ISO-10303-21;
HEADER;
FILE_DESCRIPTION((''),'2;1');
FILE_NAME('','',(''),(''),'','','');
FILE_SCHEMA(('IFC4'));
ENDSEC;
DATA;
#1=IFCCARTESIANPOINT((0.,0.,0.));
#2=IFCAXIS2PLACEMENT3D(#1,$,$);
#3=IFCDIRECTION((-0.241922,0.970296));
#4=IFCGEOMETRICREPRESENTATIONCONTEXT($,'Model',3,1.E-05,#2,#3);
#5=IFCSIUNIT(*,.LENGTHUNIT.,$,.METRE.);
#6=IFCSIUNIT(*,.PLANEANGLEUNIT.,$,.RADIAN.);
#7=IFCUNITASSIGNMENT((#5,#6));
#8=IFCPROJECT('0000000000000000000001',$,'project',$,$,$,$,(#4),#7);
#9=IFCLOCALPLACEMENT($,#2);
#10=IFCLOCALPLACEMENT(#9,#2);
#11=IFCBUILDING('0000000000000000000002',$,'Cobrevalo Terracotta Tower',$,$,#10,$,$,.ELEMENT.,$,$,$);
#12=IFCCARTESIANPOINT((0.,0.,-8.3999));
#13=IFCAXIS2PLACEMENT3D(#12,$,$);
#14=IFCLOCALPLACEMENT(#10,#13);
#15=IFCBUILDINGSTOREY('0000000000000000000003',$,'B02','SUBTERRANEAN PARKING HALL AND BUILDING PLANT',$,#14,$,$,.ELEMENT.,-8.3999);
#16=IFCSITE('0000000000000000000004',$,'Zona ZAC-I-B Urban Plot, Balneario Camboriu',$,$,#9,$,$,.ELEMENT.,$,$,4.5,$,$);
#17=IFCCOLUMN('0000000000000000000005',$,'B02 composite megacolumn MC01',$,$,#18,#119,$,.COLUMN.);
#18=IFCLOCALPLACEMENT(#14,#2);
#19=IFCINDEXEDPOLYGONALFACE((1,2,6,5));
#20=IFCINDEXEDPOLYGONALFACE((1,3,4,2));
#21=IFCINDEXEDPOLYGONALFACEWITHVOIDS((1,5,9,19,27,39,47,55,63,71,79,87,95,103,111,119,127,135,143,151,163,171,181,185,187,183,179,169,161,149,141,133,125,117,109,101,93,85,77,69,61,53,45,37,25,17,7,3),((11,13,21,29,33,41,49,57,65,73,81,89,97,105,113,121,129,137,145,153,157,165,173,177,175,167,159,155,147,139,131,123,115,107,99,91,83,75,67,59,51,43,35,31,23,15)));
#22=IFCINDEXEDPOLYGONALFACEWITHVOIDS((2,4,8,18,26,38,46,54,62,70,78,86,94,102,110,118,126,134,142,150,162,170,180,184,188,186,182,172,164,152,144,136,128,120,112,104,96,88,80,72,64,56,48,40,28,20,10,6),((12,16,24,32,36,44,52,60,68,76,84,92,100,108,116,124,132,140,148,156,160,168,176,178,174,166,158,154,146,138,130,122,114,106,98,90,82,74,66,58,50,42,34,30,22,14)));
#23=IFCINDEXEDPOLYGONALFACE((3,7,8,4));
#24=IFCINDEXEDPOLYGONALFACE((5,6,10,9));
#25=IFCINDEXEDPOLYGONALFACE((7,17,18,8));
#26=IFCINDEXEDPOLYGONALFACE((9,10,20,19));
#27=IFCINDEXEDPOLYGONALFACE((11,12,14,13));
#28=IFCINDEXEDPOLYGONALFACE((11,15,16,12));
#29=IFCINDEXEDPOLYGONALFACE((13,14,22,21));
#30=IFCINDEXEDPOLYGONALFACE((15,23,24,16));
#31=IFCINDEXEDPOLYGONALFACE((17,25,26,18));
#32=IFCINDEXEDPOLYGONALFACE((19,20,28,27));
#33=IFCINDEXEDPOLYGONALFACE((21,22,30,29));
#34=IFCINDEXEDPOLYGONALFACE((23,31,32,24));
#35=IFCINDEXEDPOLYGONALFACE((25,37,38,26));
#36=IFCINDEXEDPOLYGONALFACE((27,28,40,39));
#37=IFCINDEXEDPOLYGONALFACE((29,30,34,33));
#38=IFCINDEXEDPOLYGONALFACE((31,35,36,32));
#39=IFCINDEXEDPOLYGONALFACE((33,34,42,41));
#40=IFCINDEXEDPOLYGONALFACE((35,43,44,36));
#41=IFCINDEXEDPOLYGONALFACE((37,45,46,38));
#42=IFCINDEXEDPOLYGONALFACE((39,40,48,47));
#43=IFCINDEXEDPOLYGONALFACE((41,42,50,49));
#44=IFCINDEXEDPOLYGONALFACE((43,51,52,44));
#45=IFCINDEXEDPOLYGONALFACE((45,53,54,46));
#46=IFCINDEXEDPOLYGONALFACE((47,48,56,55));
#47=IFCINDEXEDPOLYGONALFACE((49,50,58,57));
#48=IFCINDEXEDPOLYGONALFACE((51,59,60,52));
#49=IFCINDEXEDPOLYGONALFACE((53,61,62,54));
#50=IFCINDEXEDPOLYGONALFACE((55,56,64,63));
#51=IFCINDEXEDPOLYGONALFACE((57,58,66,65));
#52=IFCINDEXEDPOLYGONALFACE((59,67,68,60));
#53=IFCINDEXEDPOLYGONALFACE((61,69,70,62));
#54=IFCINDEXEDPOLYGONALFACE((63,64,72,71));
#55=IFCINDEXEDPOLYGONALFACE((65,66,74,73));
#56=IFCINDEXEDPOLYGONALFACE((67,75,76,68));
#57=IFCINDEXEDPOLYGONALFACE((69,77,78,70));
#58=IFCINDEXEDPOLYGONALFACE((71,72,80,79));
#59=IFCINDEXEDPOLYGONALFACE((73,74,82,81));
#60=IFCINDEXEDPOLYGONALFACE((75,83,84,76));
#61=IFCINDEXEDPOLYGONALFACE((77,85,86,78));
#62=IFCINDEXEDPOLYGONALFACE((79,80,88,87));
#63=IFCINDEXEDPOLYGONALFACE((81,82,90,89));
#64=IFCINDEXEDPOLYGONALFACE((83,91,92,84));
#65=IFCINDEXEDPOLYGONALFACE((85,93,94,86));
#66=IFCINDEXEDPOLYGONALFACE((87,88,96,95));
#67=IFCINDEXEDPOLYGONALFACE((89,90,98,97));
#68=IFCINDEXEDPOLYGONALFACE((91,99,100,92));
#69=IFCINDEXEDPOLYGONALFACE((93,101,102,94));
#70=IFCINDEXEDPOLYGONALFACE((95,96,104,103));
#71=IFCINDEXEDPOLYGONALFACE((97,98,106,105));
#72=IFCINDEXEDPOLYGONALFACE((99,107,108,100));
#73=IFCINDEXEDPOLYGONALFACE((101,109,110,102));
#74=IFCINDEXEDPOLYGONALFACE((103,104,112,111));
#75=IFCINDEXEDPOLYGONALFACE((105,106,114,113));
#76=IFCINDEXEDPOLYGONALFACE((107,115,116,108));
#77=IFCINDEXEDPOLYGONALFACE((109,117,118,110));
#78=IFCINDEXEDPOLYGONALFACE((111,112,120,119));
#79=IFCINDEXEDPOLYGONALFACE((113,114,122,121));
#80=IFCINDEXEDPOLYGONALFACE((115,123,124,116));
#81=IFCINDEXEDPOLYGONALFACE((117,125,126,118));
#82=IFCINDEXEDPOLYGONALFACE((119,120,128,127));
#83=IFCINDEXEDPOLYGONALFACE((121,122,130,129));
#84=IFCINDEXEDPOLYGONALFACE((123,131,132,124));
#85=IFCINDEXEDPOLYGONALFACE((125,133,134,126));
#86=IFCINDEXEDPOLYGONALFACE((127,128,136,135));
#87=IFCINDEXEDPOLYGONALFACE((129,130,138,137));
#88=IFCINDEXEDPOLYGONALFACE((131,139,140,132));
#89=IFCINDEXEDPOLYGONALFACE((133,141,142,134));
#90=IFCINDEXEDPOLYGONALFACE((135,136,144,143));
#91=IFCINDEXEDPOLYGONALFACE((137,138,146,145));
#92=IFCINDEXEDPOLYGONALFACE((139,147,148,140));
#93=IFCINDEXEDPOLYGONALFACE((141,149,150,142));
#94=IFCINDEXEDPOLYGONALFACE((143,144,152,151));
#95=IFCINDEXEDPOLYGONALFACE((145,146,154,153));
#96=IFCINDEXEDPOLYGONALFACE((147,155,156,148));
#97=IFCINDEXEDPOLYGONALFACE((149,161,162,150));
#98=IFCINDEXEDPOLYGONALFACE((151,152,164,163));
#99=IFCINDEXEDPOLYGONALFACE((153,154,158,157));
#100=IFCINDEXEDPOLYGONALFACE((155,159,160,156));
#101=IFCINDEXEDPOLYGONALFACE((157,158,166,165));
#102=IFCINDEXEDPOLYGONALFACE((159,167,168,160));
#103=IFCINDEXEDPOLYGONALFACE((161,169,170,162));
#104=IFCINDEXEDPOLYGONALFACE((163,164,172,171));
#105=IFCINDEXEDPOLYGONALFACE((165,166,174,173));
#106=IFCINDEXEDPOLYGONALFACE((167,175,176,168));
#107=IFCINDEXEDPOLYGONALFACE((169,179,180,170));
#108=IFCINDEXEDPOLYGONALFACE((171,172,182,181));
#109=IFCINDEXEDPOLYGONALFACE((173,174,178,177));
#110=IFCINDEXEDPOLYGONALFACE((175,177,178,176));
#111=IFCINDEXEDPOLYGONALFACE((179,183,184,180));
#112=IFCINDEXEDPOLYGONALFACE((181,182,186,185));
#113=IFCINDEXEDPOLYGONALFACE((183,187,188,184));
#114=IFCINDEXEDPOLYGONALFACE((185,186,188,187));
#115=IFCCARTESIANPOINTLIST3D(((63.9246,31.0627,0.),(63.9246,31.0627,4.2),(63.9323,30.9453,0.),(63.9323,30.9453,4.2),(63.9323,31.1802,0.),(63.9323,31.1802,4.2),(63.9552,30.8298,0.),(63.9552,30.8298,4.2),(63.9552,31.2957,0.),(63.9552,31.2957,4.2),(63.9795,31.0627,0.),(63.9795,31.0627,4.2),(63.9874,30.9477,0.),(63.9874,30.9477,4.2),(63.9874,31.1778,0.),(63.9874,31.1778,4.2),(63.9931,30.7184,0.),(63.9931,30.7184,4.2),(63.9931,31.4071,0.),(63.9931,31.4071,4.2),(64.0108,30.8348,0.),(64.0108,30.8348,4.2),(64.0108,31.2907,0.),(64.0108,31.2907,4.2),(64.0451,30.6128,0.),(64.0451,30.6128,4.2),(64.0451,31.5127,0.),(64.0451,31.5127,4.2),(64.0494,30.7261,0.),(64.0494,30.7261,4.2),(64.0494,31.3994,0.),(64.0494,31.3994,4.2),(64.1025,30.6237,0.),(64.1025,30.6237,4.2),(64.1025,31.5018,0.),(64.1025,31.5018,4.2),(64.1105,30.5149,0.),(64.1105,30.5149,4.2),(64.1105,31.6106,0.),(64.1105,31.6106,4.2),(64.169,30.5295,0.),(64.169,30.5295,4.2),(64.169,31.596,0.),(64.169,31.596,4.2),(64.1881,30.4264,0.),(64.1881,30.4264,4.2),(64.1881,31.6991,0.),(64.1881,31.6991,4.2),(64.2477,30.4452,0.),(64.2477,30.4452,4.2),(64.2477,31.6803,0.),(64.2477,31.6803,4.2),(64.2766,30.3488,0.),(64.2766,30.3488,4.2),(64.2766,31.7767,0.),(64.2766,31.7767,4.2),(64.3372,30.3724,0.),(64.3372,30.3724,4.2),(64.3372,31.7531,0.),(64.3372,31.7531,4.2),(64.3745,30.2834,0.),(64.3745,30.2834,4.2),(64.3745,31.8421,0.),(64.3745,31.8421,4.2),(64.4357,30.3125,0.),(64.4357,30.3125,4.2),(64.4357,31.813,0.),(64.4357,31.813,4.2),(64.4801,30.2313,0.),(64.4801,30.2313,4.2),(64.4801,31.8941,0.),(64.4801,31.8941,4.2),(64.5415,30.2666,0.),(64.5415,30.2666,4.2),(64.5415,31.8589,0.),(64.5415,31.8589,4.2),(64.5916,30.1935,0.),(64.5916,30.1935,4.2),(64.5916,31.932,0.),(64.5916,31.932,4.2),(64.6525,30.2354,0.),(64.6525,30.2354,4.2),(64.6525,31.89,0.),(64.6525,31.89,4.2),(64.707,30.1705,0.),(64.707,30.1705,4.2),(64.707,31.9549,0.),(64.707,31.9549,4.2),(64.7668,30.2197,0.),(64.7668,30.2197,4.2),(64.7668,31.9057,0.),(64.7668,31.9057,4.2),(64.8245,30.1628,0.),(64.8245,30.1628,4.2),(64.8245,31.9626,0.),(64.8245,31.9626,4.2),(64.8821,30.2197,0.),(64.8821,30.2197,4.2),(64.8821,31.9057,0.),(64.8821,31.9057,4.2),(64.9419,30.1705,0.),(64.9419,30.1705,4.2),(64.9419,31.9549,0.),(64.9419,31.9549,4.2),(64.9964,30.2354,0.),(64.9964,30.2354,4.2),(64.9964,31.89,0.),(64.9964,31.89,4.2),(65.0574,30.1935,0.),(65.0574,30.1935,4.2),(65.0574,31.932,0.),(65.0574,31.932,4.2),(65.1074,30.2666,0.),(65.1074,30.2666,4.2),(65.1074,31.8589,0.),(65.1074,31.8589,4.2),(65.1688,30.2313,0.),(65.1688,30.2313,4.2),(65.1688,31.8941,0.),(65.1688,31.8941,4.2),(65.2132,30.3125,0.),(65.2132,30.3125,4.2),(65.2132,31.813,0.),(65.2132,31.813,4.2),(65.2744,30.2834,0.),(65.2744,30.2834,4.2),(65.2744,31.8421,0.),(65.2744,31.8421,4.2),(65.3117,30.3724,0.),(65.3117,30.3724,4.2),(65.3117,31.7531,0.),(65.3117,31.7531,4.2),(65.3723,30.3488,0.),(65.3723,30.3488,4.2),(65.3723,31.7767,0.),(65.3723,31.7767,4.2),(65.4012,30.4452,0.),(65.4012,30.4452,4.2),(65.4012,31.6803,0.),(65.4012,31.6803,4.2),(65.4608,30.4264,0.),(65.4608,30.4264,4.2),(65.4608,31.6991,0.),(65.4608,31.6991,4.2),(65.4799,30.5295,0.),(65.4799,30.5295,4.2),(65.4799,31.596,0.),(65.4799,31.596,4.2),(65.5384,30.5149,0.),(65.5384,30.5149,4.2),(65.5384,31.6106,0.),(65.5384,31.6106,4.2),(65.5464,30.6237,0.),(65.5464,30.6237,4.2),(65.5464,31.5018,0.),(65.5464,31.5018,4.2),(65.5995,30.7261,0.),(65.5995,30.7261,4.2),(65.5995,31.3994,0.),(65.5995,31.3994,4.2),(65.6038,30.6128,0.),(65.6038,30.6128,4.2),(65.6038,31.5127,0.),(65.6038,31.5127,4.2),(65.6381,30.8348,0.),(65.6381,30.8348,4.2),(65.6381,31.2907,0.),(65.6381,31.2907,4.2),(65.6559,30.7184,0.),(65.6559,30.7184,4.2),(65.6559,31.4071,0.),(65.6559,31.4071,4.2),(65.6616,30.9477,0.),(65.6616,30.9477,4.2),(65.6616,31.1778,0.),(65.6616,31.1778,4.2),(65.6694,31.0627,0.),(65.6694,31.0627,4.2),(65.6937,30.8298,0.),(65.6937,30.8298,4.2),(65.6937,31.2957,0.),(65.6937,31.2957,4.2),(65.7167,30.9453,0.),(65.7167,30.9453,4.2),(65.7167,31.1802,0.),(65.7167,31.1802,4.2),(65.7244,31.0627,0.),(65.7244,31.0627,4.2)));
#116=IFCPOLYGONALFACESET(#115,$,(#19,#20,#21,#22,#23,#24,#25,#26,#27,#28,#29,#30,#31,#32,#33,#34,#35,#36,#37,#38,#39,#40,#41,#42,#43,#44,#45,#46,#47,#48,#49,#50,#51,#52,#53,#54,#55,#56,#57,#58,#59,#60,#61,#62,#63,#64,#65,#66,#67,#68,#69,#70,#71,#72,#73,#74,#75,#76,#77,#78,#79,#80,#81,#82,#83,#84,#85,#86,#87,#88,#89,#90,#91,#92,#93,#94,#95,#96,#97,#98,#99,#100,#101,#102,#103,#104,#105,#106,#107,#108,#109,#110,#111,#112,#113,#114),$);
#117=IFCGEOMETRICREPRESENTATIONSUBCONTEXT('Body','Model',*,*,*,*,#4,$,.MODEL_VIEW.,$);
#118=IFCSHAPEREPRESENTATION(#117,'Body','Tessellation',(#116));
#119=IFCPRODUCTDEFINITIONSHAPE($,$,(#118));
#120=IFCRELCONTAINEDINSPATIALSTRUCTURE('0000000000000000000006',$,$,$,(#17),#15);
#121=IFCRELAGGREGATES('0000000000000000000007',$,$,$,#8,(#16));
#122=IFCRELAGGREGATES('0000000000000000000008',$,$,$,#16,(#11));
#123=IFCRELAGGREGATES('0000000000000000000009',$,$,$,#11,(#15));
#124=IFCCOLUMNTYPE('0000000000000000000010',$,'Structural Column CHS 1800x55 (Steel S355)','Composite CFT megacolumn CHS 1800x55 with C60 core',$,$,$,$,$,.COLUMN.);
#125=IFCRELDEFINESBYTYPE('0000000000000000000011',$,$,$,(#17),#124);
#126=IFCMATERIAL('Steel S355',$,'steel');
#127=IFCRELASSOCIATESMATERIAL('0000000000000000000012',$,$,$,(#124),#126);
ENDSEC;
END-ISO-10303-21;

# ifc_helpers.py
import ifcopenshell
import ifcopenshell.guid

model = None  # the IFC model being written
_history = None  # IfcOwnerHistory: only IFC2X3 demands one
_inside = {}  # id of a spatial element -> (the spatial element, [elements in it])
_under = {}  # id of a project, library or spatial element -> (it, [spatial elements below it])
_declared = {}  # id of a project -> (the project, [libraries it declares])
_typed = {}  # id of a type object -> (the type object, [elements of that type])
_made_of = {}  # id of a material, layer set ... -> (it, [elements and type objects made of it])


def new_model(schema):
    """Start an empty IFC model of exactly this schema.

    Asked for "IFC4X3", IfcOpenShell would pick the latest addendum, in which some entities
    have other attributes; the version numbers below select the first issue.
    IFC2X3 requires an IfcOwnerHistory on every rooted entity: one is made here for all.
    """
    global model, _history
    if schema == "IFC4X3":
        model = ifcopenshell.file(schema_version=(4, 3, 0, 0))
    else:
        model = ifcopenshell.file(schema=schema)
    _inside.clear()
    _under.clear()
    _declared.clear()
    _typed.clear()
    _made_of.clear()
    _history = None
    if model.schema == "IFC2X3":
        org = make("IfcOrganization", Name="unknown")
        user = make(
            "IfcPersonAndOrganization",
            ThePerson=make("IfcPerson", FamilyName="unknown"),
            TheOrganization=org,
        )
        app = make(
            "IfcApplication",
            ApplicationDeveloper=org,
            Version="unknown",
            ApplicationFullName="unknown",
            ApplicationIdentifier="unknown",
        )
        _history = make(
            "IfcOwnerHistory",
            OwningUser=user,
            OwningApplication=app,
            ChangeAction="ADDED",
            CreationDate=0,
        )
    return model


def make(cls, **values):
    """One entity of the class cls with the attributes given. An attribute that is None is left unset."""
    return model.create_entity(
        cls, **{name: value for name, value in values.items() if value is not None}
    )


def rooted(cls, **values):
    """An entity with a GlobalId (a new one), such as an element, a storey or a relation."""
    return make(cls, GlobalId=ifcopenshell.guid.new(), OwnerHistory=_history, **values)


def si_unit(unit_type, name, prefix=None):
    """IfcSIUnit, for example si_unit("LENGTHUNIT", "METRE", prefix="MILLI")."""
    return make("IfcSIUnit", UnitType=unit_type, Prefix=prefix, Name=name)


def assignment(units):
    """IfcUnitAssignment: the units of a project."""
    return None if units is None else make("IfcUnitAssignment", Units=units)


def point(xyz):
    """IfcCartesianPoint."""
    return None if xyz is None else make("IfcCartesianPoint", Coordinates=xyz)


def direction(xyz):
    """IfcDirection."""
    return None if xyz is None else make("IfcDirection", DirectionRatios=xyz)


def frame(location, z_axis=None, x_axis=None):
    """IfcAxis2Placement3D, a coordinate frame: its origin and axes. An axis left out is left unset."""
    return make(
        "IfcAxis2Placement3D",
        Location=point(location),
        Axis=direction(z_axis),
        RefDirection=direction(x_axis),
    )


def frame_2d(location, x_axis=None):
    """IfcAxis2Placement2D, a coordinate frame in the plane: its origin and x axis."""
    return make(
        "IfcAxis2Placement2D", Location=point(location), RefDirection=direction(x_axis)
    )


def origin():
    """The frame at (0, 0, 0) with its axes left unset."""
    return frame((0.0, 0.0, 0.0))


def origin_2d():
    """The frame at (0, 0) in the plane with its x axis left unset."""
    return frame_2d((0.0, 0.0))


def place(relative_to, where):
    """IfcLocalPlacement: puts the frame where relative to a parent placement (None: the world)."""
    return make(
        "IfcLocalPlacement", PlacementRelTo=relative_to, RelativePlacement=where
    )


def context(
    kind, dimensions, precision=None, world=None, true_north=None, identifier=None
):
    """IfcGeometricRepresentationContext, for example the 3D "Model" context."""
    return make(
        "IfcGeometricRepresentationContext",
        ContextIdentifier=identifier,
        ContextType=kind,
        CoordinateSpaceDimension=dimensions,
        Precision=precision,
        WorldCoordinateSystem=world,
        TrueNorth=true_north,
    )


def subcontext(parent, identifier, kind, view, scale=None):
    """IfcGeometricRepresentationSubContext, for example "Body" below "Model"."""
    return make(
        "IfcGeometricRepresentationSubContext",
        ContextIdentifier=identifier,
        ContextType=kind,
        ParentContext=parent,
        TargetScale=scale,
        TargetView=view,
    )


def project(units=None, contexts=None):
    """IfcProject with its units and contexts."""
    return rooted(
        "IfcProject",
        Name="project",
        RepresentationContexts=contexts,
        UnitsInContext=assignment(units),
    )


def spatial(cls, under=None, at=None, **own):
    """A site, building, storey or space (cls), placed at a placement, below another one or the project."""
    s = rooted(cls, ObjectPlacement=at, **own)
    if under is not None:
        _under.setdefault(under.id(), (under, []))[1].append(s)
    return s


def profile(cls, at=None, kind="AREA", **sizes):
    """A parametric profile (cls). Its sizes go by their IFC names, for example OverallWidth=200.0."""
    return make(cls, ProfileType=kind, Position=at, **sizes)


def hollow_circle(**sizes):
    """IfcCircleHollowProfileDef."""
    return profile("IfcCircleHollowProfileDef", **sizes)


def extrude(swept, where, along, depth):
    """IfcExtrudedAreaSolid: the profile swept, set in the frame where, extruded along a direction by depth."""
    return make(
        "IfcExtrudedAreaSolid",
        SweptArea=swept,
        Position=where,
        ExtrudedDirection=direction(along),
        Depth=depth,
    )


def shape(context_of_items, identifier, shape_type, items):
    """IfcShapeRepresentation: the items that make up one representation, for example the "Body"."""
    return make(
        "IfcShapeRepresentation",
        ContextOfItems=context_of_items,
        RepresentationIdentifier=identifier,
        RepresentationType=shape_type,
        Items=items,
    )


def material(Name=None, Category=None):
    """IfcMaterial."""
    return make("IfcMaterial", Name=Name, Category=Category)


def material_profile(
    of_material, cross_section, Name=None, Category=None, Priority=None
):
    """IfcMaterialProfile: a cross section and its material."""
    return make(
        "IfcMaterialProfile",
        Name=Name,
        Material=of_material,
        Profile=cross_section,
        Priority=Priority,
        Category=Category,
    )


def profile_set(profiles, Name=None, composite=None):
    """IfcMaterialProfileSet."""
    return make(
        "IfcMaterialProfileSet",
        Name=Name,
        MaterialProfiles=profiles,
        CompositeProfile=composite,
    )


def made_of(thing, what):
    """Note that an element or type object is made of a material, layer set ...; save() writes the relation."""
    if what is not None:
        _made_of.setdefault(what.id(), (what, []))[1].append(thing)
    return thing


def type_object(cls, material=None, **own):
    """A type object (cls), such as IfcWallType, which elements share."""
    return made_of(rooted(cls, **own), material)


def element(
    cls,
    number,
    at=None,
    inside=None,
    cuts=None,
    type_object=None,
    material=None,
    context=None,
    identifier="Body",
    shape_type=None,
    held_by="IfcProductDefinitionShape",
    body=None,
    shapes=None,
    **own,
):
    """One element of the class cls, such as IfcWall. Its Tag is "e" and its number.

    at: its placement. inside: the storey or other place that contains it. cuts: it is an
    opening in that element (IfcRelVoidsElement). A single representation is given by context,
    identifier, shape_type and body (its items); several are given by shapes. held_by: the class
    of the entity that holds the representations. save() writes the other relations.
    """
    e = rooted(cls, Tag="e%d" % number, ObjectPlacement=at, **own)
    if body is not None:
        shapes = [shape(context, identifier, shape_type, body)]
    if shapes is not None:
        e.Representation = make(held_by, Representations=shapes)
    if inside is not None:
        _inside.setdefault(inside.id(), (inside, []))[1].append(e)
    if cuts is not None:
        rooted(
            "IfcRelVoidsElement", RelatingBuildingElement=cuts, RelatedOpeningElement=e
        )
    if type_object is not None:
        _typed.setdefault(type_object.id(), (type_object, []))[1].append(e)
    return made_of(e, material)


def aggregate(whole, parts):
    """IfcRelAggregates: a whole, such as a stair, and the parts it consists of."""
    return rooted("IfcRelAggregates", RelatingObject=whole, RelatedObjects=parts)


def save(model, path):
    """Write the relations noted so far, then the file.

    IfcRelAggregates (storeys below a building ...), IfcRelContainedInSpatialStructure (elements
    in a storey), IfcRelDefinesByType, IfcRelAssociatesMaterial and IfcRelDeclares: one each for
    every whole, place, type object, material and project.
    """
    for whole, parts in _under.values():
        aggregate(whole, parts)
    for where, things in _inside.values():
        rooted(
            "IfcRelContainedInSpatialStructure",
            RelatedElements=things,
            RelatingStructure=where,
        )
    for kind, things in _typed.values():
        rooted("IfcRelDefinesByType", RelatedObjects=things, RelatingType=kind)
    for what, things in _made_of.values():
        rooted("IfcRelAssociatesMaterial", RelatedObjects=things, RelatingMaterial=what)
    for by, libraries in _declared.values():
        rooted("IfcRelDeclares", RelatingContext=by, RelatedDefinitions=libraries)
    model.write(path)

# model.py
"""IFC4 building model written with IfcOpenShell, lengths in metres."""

from ifc_helpers import new_model, si_unit, direction, frame, origin, origin_2d, place, context, subcontext, project, spatial, hollow_circle, extrude, material, material_profile, profile_set, type_object, element, save


model = new_model("IFC4")

# Units and contexts
model_context = context("Model", 3, precision=1e-05, world=origin(), true_north=direction((-0.241922, 0.970296)))
body_context = subcontext(model_context, "Body", "Model", "MODEL_VIEW")
ifc_project = project(units=[si_unit("LENGTHUNIT", "METRE"), si_unit("PLANEANGLEUNIT", "RADIAN")], contexts=[model_context])

# Site, building, storey
site_placement = place(None, origin())
site = spatial("IfcSite", under=ifc_project, at=site_placement, Name="Zona ZAC-I-B Urban Plot, Balneario Camboriu", CompositionType="ELEMENT", RefElevation=4.5)
building_placement = place(site_placement, origin())
building = spatial("IfcBuilding", under=site, at=building_placement, Name="Cobrevalo Terracotta Tower", CompositionType="ELEMENT")
storey_placement = place(building_placement, frame((0.0, 0.0, -8.3999)))
storey = spatial("IfcBuildingStorey", under=building, at=storey_placement, Name="B02", Description="SUBTERRANEAN PARKING HALL AND BUILDING PLANT", CompositionType="ELEMENT", Elevation=-8.3999)

# Column
ifc_material_1 = material(Name="Steel S355", Category="steel")
ifc_material_profile_1 = material_profile(ifc_material_1, hollow_circle(Radius=0.8999, WallThickness=0.0549, at=origin_2d()), Name="CHS 1800x55")
ifc_profile_set_1 = profile_set([ifc_material_profile_1], Name="Steel S355")
column_type_1 = type_object("IfcColumnType", Name="Structural Column CHS 1800x55 (Steel S355)", Description="Composite CFT megacolumn CHS 1800x55 with C60 core", PredefinedType="COLUMN", material=ifc_profile_set_1)
for number, where, z_axis, x_axis, name in (
    (1, (64.8245, 31.0627, 0.0), (0.0, 0.0, 1.0), (1.0, 0.0, 0.0), "B02 composite megacolumn MC01"),
):
    element("IfcColumn", number, at=place(storey_placement, frame(where, z_axis=z_axis, x_axis=x_axis)), inside=storey, type_object=column_type_1, Name=name, PredefinedType="COLUMN", context=body_context, shape_type="SweptSolid", body=[
        extrude(hollow_circle(Radius=0.8999, WallThickness=0.0549, at=origin_2d()), origin(), (0.0, 0.0, 1.0), 4.2),
    ])

save(model, "model.ifc")
